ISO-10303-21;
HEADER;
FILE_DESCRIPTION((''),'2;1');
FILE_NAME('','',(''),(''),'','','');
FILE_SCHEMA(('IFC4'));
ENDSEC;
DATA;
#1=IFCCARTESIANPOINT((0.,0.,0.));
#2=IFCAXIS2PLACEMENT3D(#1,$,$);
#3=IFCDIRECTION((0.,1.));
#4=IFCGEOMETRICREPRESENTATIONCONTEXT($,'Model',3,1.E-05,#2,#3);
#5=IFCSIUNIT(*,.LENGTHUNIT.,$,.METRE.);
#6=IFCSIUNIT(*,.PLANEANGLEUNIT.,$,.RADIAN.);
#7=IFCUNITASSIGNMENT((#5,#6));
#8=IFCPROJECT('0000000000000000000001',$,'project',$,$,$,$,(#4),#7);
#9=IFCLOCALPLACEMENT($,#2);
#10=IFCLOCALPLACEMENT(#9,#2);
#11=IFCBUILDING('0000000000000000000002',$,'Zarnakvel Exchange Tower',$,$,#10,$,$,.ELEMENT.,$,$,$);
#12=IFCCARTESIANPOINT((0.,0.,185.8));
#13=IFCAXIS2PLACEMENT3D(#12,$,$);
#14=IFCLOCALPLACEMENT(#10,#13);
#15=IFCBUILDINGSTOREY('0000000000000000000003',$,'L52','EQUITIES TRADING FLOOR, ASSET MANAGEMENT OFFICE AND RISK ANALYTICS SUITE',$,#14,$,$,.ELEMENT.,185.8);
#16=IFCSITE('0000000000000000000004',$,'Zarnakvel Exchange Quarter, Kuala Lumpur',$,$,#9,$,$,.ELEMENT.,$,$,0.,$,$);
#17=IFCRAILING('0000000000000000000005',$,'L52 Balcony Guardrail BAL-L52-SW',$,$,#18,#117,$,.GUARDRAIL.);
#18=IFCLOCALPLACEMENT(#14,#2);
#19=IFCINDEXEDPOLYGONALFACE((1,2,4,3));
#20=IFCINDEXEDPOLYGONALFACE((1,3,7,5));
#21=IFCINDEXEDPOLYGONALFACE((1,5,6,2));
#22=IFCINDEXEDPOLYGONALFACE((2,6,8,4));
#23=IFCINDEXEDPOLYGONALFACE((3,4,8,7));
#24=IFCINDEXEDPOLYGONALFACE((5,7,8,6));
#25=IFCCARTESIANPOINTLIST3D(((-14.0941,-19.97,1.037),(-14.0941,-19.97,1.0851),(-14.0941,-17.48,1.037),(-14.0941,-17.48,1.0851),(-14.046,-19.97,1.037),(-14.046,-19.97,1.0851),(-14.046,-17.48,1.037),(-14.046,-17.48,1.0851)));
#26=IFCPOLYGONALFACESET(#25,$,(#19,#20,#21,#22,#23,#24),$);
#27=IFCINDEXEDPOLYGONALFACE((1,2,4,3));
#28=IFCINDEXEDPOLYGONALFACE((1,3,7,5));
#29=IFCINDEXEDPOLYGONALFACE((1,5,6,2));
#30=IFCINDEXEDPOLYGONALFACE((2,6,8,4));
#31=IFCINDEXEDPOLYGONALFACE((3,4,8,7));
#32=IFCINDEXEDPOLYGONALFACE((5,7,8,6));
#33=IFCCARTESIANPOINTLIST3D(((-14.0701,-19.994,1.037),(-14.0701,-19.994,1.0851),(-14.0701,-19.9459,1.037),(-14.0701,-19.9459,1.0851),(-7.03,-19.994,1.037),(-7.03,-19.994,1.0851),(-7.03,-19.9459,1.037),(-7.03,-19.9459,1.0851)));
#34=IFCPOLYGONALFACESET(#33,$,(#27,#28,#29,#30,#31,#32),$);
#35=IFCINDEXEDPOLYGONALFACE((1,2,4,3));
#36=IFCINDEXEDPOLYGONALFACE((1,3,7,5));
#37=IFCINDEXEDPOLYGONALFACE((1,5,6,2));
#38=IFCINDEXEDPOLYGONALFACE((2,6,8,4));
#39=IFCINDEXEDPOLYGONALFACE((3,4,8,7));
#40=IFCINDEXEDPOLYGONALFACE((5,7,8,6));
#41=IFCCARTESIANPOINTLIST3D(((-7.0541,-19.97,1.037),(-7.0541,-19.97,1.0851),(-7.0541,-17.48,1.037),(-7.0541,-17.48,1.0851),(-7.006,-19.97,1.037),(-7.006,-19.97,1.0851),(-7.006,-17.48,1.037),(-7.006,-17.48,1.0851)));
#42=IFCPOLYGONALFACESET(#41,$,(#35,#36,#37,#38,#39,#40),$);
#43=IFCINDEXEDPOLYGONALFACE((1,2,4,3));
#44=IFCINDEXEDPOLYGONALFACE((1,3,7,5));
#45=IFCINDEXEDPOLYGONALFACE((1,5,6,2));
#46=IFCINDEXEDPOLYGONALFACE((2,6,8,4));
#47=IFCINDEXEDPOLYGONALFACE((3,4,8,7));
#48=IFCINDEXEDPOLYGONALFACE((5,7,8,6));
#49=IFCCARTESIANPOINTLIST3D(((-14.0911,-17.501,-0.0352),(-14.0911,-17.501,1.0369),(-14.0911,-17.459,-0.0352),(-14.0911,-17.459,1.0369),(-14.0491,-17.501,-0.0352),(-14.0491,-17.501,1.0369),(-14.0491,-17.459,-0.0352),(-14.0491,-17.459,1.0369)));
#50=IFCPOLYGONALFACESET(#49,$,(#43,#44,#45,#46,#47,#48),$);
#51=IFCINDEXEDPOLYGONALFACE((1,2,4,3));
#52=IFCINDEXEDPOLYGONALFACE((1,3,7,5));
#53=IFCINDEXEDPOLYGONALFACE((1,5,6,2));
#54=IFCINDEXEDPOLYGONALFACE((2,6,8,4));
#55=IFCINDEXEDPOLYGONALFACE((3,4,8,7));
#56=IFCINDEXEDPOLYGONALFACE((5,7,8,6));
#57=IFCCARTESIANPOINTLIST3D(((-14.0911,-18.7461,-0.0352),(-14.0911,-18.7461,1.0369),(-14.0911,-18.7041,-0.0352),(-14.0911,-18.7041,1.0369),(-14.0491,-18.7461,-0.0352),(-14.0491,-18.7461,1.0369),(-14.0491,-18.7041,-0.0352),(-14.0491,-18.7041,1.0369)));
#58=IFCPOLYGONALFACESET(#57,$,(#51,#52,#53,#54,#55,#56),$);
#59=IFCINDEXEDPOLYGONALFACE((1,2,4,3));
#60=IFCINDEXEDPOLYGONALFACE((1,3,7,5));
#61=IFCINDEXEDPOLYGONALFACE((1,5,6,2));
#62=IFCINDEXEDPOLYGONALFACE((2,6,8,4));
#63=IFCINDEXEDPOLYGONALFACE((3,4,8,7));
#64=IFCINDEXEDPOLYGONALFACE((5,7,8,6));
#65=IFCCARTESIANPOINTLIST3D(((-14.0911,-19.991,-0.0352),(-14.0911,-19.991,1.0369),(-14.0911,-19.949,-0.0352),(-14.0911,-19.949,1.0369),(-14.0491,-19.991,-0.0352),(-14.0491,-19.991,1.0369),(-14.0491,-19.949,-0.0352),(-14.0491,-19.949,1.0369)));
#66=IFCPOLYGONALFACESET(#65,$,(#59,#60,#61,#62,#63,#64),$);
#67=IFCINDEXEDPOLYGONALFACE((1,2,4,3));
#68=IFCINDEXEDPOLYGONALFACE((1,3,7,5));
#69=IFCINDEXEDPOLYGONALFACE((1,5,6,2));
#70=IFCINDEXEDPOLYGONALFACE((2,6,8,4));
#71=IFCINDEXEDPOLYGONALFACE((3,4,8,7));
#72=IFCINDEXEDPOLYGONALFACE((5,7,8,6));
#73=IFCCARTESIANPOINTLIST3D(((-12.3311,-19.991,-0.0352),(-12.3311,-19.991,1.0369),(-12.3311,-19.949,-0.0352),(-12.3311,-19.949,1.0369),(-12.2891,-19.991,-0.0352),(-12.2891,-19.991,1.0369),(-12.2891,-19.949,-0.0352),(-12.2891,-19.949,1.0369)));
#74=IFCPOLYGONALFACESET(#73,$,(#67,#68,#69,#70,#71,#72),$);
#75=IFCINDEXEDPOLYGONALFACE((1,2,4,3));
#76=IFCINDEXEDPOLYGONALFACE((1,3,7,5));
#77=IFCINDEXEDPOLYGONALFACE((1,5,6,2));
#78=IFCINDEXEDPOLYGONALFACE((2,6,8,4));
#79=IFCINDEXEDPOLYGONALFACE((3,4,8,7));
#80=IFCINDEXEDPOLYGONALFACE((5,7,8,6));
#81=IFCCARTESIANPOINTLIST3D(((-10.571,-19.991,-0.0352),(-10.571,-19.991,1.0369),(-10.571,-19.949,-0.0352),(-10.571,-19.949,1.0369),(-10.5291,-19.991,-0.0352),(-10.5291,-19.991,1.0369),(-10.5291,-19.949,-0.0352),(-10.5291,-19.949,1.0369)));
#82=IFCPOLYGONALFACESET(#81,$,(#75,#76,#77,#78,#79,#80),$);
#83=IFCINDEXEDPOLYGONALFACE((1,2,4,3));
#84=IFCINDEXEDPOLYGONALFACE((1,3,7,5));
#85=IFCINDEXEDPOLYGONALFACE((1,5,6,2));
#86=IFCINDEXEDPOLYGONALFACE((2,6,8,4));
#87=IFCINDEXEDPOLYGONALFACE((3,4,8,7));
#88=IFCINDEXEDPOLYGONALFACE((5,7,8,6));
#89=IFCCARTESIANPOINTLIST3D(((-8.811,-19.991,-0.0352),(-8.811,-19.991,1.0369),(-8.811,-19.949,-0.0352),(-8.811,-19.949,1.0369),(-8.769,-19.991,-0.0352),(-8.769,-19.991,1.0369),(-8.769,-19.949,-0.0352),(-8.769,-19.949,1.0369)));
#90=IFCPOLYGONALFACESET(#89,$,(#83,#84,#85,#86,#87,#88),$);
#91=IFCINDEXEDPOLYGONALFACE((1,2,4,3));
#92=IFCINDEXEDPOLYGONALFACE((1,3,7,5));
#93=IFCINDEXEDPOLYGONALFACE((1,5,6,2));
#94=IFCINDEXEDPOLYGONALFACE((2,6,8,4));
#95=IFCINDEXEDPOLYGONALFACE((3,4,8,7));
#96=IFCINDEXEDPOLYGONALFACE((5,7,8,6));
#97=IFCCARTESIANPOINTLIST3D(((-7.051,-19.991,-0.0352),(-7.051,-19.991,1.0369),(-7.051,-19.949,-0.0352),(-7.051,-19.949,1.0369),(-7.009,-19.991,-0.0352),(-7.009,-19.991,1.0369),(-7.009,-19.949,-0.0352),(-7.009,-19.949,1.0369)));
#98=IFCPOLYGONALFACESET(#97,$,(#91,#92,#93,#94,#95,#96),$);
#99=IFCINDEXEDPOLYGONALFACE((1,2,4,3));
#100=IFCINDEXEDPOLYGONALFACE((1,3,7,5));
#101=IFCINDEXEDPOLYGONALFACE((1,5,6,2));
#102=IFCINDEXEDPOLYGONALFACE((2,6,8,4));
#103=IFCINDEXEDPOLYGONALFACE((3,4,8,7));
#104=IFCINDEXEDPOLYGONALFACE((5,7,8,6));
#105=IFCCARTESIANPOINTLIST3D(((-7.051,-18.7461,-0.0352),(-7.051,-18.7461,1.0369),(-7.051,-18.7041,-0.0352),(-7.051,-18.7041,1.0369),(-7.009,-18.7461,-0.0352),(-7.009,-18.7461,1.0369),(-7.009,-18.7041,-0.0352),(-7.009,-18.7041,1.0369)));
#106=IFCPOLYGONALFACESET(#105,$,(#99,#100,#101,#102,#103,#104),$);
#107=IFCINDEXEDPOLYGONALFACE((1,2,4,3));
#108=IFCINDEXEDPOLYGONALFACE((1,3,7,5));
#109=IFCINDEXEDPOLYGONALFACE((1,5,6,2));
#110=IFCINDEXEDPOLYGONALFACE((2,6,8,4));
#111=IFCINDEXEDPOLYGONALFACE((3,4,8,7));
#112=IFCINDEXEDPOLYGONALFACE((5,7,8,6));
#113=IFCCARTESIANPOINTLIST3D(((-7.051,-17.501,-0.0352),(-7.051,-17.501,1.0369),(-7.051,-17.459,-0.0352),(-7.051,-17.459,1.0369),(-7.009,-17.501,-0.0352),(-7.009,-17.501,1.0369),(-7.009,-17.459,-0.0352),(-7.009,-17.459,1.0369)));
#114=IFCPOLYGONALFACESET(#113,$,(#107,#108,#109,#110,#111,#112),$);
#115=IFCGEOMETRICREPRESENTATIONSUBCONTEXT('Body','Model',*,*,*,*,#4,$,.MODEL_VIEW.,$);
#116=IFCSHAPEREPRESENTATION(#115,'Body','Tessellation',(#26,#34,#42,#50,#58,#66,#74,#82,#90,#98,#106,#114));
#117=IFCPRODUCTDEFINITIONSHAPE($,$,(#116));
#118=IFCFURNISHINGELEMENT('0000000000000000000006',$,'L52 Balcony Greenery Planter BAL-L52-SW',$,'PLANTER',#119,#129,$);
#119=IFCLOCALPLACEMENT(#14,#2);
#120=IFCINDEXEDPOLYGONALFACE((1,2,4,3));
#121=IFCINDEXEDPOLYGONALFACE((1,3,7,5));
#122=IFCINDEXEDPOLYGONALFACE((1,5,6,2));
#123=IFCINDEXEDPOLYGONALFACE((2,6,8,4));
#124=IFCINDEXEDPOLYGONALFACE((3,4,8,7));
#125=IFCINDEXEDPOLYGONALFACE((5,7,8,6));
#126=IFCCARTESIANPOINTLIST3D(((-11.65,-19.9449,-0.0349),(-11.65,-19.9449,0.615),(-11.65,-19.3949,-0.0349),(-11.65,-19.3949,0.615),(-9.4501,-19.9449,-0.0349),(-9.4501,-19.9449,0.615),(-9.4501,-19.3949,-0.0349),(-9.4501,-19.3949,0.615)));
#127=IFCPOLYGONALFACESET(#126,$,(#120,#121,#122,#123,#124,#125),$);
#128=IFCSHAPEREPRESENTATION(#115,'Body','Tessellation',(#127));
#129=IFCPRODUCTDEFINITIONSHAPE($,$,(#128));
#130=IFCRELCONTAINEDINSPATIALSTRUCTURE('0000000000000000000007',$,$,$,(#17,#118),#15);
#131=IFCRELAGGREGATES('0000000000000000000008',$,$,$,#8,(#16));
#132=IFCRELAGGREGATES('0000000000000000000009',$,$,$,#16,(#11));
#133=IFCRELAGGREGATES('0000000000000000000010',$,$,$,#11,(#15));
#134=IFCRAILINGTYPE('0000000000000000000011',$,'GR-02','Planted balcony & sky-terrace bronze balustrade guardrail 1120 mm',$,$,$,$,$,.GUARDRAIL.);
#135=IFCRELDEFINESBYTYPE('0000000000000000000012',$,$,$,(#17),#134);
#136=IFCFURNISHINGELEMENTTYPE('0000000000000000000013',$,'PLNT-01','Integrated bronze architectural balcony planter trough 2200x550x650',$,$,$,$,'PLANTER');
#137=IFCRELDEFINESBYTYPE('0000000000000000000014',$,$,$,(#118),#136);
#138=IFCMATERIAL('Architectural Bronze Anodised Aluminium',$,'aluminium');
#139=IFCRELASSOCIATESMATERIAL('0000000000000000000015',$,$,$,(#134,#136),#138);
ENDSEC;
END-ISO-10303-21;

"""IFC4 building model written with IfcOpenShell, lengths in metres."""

from ifc_helpers import new_model, si_unit, direction, frame, origin, origin_2d, place, context, subcontext, project, spatial, rectangle, extrude, source, transform, mapped, material, type_object, element, save


model = new_model("IFC4")

# Units and contexts
model_context = context("Model", 3, precision=1e-05, world=origin(), true_north=direction((0.0, 1.0)))
body_context = subcontext(model_context, "Body", "Model", "MODEL_VIEW")
ifc_project = project(units=[si_unit("LENGTHUNIT", "METRE"), si_unit("PLANEANGLEUNIT", "RADIAN")], contexts=[model_context])

# Site, building, storey
site_placement = place(None, origin())
site = spatial("IfcSite", under=ifc_project, at=site_placement, Name="Zarnakvel Exchange Quarter, Kuala Lumpur", CompositionType="ELEMENT", RefElevation=0.0)
building_placement = place(site_placement, origin())
building = spatial("IfcBuilding", under=site, at=building_placement, Name="Zarnakvel Exchange Tower", CompositionType="ELEMENT")
storey_placement = place(building_placement, frame((0.0, 0.0, 185.8)))
storey = spatial("IfcBuildingStorey", under=building, at=storey_placement, Name="L52", Description="EQUITIES TRADING FLOOR, ASSET MANAGEMENT OFFICE AND RISK ANALYTICS SUITE", CompositionType="ELEMENT", Elevation=185.8)

# Shared definitions
ifc_material_1 = material(Name="Architectural Bronze Anodised Aluminium", Category="aluminium")

# Railing
railing_type = type_object("IfcRailingType", Name="GR-02", Description="Planted balcony & sky-terrace bronze balustrade guardrail 1120 mm", PredefinedType="GUARDRAIL", material=ifc_material_1)
railing_placement = place(storey_placement, frame((-14.0701, -17.48, -0.0352)))
element("IfcRailing", 1, at=railing_placement, inside=storey, type_object=railing_type, Name="L52 Balcony Guardrail BAL-L52-SW", PredefinedType="GUARDRAIL", context=body_context, shape_type="SweptSolid", body=[
    extrude(rectangle(XDim=0.0481, YDim=0.0481, at=origin_2d()), frame((0.0, 0.0, 1.0962), z_axis=(0.0, -1.0, 0.0), x_axis=(1.0, 0.0, 0.0)), (0.0, 0.0, 1.0), 2.49),
    extrude(rectangle(XDim=0.0481, YDim=0.0481, at=origin_2d()), frame((0.0, -2.49, 1.0962), z_axis=(1.0, 0.0, 0.0), x_axis=(0.0, 1.0, 0.0)), (0.0, 0.0, 1.0), 7.04),
    extrude(rectangle(XDim=0.0481, YDim=0.0481, at=origin_2d()), frame((7.04, -2.49, 1.0962), z_axis=(0.0, 1.0, 0.0), x_axis=(-1.0, 0.0, 0.0)), (0.0, 0.0, 1.0), 2.49),
    extrude(rectangle(XDim=0.042, YDim=0.042, at=origin_2d()), origin(), (0.0, 0.0, 1.0), 1.072),
    extrude(rectangle(XDim=0.042, YDim=0.042, at=origin_2d()), frame((0.0, -1.2451, 0.0)), (0.0, 0.0, 1.0), 1.072),
    extrude(rectangle(XDim=0.042, YDim=0.042, at=origin_2d()), frame((0.0, -2.49, 0.0)), (0.0, 0.0, 1.0), 1.072),
    extrude(rectangle(XDim=0.042, YDim=0.042, at=origin_2d()), frame((1.76, -2.49, 0.0)), (0.0, 0.0, 1.0), 1.072),
    extrude(rectangle(XDim=0.042, YDim=0.042, at=origin_2d()), frame((3.52, -2.49, 0.0)), (0.0, 0.0, 1.0), 1.072),
    extrude(rectangle(XDim=0.042, YDim=0.042, at=origin_2d()), frame((5.28, -2.49, 0.0)), (0.0, 0.0, 1.0), 1.072),
    extrude(rectangle(XDim=0.042, YDim=0.042, at=origin_2d()), frame((7.04, -2.49, 0.0)), (0.0, 0.0, 1.0), 1.072),
    extrude(rectangle(XDim=0.042, YDim=0.042, at=origin_2d()), frame((7.04, -1.2451, 0.0)), (0.0, 0.0, 1.0), 1.072),
    extrude(rectangle(XDim=0.042, YDim=0.042, at=origin_2d()), frame((7.04, 0.0, 0.0)), (0.0, 0.0, 1.0), 1.072),
])

# Furnishing element
furnishing_element_type = type_object("IfcFurnishingElementType", Name="PLNT-01", Description="Integrated bronze architectural balcony planter trough 2200x550x650", ElementType="PLANTER", material=ifc_material_1)
shared_shape_1 = source(origin(), body_context, "Body", "SweptSolid", [
    extrude(rectangle(XDim=2.2, YDim=0.55, at=origin_2d()), origin(), (0.0, 0.0, 1.0), 0.6499),
])
furnishing_placement = place(storey_placement, frame((-10.55, -19.6699, -0.0349), z_axis=(0.0, 0.0, 1.0), x_axis=(1.0, 0.0, 0.0)))
element("IfcFurnishingElement", 2, at=furnishing_placement, inside=storey, type_object=furnishing_element_type, Name="L52 Balcony Greenery Planter BAL-L52-SW", ObjectType="PLANTER", context=body_context, shape_type="MappedRepresentation", body=[
    mapped(shared_shape_1, transform((0.0, 0.0, 0.0), x_axis=(1.0, 0.0, 0.0), y_axis=(0.0, 1.0, 0.0), z_axis=(0.0, 0.0, 1.0), scale=1.0)),
])

save(model, "model.ifc")
